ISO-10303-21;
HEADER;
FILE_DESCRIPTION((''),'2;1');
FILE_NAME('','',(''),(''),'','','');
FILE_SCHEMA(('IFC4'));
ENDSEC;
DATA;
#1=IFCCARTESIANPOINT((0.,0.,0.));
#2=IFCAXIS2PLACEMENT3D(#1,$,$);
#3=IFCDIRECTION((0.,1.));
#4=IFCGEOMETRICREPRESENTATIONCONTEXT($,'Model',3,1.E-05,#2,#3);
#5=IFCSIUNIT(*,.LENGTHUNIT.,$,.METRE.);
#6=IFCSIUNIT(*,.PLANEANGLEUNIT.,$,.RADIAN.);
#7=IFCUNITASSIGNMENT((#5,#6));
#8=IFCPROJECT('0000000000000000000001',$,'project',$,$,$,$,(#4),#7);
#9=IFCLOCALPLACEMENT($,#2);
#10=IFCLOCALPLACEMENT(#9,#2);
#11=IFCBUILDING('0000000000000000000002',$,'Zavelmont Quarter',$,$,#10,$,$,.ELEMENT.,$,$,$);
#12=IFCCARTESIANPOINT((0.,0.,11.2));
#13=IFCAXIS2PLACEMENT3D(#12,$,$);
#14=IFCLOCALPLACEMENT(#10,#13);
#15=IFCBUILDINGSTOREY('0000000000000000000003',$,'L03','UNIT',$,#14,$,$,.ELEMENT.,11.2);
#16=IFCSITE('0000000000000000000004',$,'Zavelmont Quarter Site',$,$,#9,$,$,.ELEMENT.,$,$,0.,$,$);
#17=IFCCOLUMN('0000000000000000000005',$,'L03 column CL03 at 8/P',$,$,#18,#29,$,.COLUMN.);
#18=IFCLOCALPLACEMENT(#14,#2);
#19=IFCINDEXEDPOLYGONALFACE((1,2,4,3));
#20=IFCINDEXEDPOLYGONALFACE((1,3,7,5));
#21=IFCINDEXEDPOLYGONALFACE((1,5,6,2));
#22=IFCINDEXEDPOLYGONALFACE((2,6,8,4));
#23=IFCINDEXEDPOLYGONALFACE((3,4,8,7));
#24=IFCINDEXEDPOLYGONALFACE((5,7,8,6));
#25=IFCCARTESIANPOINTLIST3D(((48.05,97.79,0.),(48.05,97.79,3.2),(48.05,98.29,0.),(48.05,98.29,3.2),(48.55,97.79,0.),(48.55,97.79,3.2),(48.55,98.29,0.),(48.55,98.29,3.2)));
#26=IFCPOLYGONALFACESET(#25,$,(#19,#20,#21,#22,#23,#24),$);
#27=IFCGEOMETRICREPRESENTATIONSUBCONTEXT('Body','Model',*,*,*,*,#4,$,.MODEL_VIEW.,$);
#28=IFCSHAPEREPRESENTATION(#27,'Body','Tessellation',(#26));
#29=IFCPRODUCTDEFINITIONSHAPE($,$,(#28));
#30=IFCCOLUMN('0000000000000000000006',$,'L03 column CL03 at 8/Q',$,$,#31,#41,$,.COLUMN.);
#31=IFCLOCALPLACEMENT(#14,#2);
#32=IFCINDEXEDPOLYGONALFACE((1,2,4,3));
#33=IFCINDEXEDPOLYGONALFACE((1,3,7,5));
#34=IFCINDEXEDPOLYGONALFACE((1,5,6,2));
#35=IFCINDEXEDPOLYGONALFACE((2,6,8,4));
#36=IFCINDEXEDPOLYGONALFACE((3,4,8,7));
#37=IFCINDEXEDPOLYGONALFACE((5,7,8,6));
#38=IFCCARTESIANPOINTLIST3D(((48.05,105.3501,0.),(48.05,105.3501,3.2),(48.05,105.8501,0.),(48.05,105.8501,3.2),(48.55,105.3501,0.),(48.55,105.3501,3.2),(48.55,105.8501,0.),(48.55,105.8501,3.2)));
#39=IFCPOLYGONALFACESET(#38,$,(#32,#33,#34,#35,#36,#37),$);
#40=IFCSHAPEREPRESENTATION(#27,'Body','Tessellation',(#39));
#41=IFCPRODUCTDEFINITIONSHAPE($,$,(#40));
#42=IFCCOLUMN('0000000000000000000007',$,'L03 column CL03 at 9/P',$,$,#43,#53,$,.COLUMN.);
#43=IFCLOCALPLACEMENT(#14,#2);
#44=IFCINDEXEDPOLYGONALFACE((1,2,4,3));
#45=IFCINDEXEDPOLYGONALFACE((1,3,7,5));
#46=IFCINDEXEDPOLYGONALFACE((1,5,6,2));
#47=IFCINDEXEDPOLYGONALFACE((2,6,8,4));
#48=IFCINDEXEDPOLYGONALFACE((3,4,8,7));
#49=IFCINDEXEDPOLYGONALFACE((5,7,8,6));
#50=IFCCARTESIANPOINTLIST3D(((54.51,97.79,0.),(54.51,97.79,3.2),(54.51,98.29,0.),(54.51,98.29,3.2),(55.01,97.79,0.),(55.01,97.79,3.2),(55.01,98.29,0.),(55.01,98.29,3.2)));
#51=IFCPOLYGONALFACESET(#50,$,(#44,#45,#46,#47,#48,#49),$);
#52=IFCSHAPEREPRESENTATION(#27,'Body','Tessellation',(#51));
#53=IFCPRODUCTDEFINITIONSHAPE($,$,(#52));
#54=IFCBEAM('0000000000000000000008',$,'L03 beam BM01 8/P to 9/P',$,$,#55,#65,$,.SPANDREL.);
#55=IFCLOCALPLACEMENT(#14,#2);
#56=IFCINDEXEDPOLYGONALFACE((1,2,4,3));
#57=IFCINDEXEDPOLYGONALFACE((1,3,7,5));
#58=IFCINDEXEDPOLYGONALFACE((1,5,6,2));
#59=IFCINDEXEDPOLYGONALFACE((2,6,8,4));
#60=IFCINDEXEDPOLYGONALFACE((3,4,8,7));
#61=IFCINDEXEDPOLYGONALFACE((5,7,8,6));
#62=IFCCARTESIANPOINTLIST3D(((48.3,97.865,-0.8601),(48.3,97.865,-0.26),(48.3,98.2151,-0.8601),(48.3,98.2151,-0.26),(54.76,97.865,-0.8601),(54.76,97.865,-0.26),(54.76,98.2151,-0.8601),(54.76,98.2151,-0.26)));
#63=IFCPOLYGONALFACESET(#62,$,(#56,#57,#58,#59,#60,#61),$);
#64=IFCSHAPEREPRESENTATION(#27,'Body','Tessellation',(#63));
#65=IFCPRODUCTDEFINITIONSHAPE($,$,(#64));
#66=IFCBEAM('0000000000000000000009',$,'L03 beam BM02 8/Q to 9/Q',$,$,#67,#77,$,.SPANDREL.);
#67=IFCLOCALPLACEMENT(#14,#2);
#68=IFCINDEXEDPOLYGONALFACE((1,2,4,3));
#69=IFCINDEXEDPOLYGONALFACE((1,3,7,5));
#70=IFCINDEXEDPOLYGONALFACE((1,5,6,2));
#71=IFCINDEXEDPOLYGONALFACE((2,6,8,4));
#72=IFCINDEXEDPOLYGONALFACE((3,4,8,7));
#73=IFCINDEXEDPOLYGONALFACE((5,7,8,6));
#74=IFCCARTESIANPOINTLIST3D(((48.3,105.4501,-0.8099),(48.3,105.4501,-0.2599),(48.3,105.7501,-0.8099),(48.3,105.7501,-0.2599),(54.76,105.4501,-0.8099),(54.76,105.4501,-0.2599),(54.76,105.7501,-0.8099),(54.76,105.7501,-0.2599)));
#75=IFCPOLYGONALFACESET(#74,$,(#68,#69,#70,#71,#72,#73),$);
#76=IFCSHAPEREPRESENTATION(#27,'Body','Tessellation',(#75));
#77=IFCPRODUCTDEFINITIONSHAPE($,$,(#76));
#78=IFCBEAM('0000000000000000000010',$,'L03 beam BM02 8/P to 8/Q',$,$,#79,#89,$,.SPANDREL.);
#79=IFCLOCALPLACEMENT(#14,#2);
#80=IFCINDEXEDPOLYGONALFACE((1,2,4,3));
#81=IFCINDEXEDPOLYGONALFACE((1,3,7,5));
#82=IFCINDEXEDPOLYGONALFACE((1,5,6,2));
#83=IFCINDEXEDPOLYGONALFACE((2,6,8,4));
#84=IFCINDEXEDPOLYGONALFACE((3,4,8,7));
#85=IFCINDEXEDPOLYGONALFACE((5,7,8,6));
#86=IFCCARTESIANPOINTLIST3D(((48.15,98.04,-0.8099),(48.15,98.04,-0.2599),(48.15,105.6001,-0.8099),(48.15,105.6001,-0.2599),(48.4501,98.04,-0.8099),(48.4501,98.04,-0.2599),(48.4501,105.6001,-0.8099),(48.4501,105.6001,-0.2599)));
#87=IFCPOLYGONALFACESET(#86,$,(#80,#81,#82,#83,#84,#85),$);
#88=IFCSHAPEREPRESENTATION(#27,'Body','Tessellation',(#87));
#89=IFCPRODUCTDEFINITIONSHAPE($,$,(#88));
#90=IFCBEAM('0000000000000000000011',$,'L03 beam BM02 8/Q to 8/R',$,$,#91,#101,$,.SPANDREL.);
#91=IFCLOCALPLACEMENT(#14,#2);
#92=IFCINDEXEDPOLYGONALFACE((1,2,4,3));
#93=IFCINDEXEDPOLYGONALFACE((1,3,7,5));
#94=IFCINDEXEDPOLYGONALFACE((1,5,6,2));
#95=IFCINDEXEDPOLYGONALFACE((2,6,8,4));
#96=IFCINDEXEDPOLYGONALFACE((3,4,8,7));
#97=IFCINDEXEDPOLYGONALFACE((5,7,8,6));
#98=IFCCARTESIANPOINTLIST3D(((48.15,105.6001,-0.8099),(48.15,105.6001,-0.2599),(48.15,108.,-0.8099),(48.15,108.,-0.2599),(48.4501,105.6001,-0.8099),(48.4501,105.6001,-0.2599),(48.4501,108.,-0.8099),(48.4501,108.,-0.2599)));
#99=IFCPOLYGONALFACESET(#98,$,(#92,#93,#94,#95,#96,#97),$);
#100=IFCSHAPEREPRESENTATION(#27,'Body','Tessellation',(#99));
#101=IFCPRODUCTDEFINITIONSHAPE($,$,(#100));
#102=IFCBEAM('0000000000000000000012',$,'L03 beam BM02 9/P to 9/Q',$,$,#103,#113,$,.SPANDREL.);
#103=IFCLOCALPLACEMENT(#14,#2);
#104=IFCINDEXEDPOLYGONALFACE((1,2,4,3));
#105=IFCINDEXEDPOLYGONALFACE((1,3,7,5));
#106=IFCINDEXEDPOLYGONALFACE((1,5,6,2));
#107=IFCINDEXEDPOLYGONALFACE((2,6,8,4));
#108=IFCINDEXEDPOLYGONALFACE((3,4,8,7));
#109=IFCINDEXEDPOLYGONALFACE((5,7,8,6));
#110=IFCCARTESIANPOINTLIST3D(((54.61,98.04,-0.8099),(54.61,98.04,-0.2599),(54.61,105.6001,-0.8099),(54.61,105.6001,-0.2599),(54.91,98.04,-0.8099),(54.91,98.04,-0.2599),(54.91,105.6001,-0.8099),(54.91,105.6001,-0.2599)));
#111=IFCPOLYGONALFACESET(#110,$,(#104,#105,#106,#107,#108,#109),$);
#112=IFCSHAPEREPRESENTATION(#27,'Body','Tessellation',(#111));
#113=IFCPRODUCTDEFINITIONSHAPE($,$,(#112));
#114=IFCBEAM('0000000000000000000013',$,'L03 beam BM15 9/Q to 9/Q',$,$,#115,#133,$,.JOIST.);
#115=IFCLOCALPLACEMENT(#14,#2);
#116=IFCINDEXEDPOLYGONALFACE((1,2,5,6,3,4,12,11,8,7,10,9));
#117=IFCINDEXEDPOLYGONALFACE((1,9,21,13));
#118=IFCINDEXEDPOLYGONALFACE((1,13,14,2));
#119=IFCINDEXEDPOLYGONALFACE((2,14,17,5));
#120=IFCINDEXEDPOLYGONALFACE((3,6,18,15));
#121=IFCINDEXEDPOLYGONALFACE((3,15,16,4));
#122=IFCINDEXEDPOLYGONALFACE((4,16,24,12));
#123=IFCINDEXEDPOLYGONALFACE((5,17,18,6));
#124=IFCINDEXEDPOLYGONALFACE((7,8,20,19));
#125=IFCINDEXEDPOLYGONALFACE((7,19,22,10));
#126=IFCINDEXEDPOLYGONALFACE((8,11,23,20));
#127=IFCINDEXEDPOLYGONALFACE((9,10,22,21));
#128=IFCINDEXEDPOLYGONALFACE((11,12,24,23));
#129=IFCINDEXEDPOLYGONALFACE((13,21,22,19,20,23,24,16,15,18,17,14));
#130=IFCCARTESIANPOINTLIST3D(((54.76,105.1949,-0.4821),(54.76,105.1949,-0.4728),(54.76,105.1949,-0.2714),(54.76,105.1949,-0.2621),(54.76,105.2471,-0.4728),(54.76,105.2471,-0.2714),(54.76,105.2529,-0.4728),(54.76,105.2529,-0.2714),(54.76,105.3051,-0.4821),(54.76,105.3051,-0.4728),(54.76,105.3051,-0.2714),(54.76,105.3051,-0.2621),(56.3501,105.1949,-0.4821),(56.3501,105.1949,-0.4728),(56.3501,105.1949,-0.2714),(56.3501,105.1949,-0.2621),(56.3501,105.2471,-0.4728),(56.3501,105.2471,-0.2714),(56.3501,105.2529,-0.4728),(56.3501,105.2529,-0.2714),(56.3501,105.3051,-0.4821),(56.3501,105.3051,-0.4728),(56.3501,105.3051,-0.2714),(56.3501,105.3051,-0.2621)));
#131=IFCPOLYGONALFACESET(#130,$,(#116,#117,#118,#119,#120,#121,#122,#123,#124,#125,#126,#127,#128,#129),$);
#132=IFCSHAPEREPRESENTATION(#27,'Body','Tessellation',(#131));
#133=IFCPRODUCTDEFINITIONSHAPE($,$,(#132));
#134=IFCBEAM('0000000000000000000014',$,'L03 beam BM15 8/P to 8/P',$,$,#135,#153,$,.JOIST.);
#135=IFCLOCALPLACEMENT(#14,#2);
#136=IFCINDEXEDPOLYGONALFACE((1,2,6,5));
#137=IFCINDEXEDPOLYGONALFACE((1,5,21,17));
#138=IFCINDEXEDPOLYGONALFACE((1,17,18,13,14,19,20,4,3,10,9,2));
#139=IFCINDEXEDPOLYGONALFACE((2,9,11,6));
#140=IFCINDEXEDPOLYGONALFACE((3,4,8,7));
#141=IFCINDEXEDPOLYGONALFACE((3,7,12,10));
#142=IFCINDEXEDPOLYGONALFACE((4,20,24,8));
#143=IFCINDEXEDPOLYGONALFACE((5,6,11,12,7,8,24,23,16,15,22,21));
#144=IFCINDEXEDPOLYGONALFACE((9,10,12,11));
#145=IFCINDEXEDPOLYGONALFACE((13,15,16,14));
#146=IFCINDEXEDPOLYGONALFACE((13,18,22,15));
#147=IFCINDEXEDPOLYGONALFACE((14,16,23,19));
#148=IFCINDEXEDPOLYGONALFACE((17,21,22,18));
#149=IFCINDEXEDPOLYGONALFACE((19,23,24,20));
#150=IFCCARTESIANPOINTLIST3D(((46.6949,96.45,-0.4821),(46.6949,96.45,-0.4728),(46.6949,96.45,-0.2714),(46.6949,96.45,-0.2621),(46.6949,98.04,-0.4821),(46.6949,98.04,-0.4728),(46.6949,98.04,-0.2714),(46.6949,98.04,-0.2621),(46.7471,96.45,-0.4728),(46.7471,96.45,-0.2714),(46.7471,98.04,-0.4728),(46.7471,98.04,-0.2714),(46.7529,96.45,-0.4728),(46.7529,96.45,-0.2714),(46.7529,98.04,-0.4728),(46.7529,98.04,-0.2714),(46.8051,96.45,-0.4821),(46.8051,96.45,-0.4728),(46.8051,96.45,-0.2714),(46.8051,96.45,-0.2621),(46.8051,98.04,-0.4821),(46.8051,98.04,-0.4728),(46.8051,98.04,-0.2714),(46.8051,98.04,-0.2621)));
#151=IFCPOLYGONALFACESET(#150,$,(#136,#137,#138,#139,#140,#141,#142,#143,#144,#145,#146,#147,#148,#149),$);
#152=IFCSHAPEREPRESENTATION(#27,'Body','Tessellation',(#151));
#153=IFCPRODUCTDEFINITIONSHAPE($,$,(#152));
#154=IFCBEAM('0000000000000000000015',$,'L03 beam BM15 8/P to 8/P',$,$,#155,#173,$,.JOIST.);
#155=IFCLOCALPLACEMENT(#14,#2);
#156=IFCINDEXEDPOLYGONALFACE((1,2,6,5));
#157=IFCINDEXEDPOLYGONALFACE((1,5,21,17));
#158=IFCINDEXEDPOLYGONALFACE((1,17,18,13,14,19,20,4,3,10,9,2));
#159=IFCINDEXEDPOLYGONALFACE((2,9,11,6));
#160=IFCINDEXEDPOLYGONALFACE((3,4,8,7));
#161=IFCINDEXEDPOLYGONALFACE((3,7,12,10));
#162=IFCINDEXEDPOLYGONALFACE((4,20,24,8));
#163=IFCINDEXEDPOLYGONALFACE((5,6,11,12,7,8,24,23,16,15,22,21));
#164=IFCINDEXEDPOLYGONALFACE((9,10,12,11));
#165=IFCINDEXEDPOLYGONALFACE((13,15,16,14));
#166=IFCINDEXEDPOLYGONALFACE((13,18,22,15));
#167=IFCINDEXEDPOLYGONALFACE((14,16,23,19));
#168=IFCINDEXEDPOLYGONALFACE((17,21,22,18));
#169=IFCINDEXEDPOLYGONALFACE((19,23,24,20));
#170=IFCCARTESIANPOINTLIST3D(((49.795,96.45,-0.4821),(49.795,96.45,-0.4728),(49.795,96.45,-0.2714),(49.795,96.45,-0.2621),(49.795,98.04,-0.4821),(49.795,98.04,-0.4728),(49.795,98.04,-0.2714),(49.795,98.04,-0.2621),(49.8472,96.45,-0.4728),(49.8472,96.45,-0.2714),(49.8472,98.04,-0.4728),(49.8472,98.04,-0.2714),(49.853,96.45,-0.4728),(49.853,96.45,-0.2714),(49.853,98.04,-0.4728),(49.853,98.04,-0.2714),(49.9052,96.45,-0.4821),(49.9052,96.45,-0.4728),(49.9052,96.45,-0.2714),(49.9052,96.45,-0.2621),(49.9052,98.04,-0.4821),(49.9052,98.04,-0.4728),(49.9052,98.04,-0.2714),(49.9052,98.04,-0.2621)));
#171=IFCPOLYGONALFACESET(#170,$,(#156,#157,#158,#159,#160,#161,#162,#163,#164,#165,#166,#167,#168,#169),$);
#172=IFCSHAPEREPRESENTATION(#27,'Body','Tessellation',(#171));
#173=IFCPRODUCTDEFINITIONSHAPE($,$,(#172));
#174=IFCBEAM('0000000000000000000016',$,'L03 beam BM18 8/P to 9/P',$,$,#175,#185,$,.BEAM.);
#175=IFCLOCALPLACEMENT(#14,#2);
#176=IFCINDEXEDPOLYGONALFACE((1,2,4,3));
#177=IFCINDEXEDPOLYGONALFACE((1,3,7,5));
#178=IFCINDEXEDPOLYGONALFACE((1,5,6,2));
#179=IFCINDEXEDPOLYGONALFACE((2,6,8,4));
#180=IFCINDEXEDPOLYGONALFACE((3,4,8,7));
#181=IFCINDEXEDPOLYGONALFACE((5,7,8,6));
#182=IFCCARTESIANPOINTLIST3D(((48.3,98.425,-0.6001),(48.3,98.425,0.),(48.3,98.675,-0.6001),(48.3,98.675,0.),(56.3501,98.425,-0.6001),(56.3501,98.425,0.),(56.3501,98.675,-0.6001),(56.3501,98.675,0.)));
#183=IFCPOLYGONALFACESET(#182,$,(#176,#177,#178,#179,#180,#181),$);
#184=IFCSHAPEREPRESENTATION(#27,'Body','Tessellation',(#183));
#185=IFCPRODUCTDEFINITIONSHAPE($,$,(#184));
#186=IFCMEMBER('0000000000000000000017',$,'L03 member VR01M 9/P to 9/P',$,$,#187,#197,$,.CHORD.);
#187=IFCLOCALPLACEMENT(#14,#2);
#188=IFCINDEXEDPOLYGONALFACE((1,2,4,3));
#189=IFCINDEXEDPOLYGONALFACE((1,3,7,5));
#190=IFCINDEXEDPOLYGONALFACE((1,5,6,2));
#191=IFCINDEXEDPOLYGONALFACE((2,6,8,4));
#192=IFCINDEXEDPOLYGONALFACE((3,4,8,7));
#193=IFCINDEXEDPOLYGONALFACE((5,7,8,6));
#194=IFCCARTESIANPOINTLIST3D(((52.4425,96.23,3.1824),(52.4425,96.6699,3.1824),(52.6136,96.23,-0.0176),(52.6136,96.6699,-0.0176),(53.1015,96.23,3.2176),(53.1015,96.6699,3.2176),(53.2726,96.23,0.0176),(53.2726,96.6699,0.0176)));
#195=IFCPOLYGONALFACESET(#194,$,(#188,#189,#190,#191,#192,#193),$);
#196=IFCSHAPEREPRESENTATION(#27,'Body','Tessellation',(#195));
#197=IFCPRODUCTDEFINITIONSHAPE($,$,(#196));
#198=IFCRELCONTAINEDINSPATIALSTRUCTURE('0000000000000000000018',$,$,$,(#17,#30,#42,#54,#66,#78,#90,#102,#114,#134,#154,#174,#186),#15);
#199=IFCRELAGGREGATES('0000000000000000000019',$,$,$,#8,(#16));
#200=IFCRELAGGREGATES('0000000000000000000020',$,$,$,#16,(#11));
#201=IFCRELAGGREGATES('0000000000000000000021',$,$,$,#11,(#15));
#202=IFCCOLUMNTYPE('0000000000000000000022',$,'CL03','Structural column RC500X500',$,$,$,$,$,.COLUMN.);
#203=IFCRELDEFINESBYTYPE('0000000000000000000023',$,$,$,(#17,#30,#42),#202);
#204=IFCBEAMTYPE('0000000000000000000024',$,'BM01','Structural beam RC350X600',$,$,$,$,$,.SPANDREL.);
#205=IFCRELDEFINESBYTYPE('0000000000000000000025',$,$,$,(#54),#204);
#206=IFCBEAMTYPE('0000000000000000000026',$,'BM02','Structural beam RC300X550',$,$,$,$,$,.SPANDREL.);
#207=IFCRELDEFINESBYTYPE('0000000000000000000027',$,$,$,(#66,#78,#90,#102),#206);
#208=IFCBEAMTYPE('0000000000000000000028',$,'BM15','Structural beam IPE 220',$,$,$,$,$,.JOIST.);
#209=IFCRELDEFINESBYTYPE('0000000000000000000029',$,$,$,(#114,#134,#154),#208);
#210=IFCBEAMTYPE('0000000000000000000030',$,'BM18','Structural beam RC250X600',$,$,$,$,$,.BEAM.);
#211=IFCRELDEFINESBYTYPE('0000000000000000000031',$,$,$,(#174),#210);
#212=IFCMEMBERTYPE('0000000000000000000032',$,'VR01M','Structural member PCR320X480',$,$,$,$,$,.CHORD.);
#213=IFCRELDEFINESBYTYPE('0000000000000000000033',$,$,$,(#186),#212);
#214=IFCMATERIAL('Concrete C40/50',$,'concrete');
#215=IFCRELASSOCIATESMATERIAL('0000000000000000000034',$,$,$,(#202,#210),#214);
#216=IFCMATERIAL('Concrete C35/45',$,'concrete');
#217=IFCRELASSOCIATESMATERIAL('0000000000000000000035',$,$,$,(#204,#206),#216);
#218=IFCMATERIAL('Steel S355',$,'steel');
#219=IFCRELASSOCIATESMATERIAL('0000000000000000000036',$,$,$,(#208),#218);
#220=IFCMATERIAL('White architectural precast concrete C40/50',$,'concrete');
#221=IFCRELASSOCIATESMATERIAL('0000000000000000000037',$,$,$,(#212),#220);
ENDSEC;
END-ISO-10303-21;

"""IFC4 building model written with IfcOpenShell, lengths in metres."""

from ifc_helpers import new_model, si_unit, direction, frame, origin, origin_2d, place, context, subcontext, project, spatial, rectangle, i_section, extrude, material, material_profile, profile_set, type_object, element, save


model = new_model("IFC4")

# Units and contexts
model_context = context("Model", 3, precision=1e-05, world=origin(), true_north=direction((0.0, 1.0)))
body_context = subcontext(model_context, "Body", "Model", "MODEL_VIEW")
ifc_project = project(units=[si_unit("LENGTHUNIT", "METRE"), si_unit("PLANEANGLEUNIT", "RADIAN")], contexts=[model_context])

# Site, building, storey
site_placement = place(None, origin())
site = spatial("IfcSite", under=ifc_project, at=site_placement, Name="Zavelmont Quarter Site", CompositionType="ELEMENT", RefElevation=0.0)
building_placement = place(site_placement, origin())
building = spatial("IfcBuilding", under=site, at=building_placement, Name="Zavelmont Quarter", CompositionType="ELEMENT")
storey_placement = place(building_placement, frame((0.0, 0.0, 11.2)))
storey = spatial("IfcBuildingStorey", under=building, at=storey_placement, Name="L03", Description="UNIT", CompositionType="ELEMENT", Elevation=11.2)

# Columns
ifc_material_1 = material(Name="Concrete C40/50", Category="concrete")
ifc_material_profile_1 = material_profile(ifc_material_1, rectangle(XDim=0.5, YDim=0.5, at=origin_2d()), Name="RC500X500")
ifc_profile_set_1 = profile_set([ifc_material_profile_1], Name="Concrete C40/50")
column_type = type_object("IfcColumnType", Name="CL03", Description="Structural column RC500X500", PredefinedType="COLUMN", material=ifc_profile_set_1)
for number, where, z_axis, x_axis, name in (
    (1, (48.3, 98.04, 0.0), (0.0, 0.0, 1.0), (1.0, 0.0, 0.0), "L03 column CL03 at 8/P"),
    (2, (48.3, 105.6001, 0.0), (0.0, 0.0, 1.0), (1.0, 0.0, 0.0), "L03 column CL03 at 8/Q"),
    (3, (54.76, 98.04, 0.0), (0.0, 0.0, 1.0), (1.0, 0.0, 0.0), "L03 column CL03 at 9/P"),
):
    element("IfcColumn", number, at=place(storey_placement, frame(where, z_axis=z_axis, x_axis=x_axis)), inside=storey, type_object=column_type, Name=name, PredefinedType="COLUMN", context=body_context, shape_type="SweptSolid", body=[
        extrude(rectangle(XDim=0.5, YDim=0.5, at=origin_2d()), origin(), (0.0, 0.0, 1.0), 3.2),
    ])

# Beams
ifc_material_2 = material(Name="Concrete C35/45", Category="concrete")
ifc_material_profile_2 = material_profile(ifc_material_2, rectangle(XDim=0.3501, YDim=0.6001, at=origin_2d()), Name="RC350X600")
ifc_profile_set_2 = profile_set([ifc_material_profile_2], Name="Concrete C35/45")
beam_type_1 = type_object("IfcBeamType", Name="BM01", Description="Structural beam RC350X600", PredefinedType="SPANDREL", material=ifc_profile_set_2)
beam_1_placement = place(storey_placement, frame((48.3, 98.04, -0.5601), z_axis=(1.0, 0.0, 0.0), x_axis=(0.0, 1.0, 0.0)))
element("IfcBeam", 4, at=beam_1_placement, inside=storey, type_object=beam_type_1, Name="L03 beam BM01 8/P to 9/P", PredefinedType="SPANDREL", context=body_context, shape_type="SweptSolid", body=[
    extrude(rectangle(XDim=0.3501, YDim=0.6001, at=origin_2d()), origin(), (0.0, 0.0, 1.0), 6.46),
])
ifc_material_profile_3 = material_profile(ifc_material_2, rectangle(XDim=0.3, YDim=0.55, at=origin_2d()), Name="RC300X550")
ifc_profile_set_3 = profile_set([ifc_material_profile_3], Name="Concrete C35/45")
beam_type_2 = type_object("IfcBeamType", Name="BM02", Description="Structural beam RC300X550", PredefinedType="SPANDREL", material=ifc_profile_set_3)
beam_2_placement = place(storey_placement, frame((48.3, 105.6001, -0.5349), z_axis=(1.0, 0.0, 0.0), x_axis=(0.0, 1.0, 0.0)))
element("IfcBeam", 5, at=beam_2_placement, inside=storey, type_object=beam_type_2, Name="L03 beam BM02 8/Q to 9/Q", PredefinedType="SPANDREL", context=body_context, shape_type="SweptSolid", body=[
    extrude(rectangle(XDim=0.3, YDim=0.55, at=origin_2d()), origin(), (0.0, 0.0, 1.0), 6.46),
])
beam_3_placement = place(storey_placement, frame((48.3, 98.04, -0.5349), z_axis=(0.0, 1.0, 0.0), x_axis=(-1.0, 0.0, 0.0)))
element("IfcBeam", 6, at=beam_3_placement, inside=storey, type_object=beam_type_2, Name="L03 beam BM02 8/P to 8/Q", PredefinedType="SPANDREL", context=body_context, shape_type="SweptSolid", body=[
    extrude(rectangle(XDim=0.3, YDim=0.55, at=origin_2d()), origin(), (0.0, 0.0, 1.0), 7.5601),
])
beam_4_placement = place(storey_placement, frame((48.3, 105.6001, -0.5349), z_axis=(0.0, 1.0, 0.0), x_axis=(-1.0, 0.0, 0.0)))
element("IfcBeam", 7, at=beam_4_placement, inside=storey, type_object=beam_type_2, Name="L03 beam BM02 8/Q to 8/R", PredefinedType="SPANDREL", context=body_context, shape_type="SweptSolid", body=[
    extrude(rectangle(XDim=0.3, YDim=0.55, at=origin_2d()), origin(), (0.0, 0.0, 1.0), 2.3999),
])
beam_5_placement = place(storey_placement, frame((54.76, 98.04, -0.5349), z_axis=(0.0, 1.0, 0.0), x_axis=(-1.0, 0.0, 0.0)))
element("IfcBeam", 8, at=beam_5_placement, inside=storey, type_object=beam_type_2, Name="L03 beam BM02 9/P to 9/Q", PredefinedType="SPANDREL", context=body_context, shape_type="SweptSolid", body=[
    extrude(rectangle(XDim=0.3, YDim=0.55, at=origin_2d()), origin(), (0.0, 0.0, 1.0), 7.5601),
])
ifc_material_3 = material(Name="Steel S355", Category="steel")
ifc_material_profile_4 = material_profile(ifc_material_3, i_section(OverallWidth=0.1101, OverallDepth=0.22, WebThickness=0.0059, FlangeThickness=0.0093, at=origin_2d()), Name="IPE 220")
ifc_profile_set_4 = profile_set([ifc_material_profile_4], Name="Steel S355")
beam_type_3 = type_object("IfcBeamType", Name="BM15", Description="Structural beam IPE 220", PredefinedType="JOIST", material=ifc_profile_set_4)
for number, where, z_axis, x_axis, name in (
    (9, (54.76, 105.25, -0.3721), (1.0, 0.0, 0.0), (0.0, 1.0, 0.0), "L03 beam BM15 9/Q to 9/Q"),
    (10, (46.75, 98.04, -0.3721), (0.0, -1.0, 0.0), (1.0, 0.0, 0.0), "L03 beam BM15 8/P to 8/P"),
    (11, (49.8501, 98.04, -0.3721), (0.0, -1.0, 0.0), (1.0, 0.0, 0.0), "L03 beam BM15 8/P to 8/P"),
):
    element("IfcBeam", number, at=place(storey_placement, frame(where, z_axis=z_axis, x_axis=x_axis)), inside=storey, type_object=beam_type_3, Name=name, PredefinedType="JOIST", context=body_context, shape_type="SweptSolid", body=[
        extrude(i_section(OverallWidth=0.1101, OverallDepth=0.22, WebThickness=0.0059, FlangeThickness=0.0093, at=origin_2d()), origin(), (0.0, 0.0, 1.0), 1.5901),
    ])
ifc_material_profile_5 = material_profile(ifc_material_1, rectangle(XDim=0.25, YDim=0.6001, at=origin_2d()), Name="RC250X600")
ifc_profile_set_5 = profile_set([ifc_material_profile_5], Name="Concrete C40/50")
beam_type_4 = type_object("IfcBeamType", Name="BM18", Description="Structural beam RC250X600", PredefinedType="BEAM", material=ifc_profile_set_5)
beam_6_placement = place(storey_placement, frame((48.3, 98.55, -0.3), z_axis=(1.0, 0.0, 0.0), x_axis=(0.0, 1.0, 0.0)))
element("IfcBeam", 12, at=beam_6_placement, inside=storey, type_object=beam_type_4, Name="L03 beam BM18 8/P to 9/P", PredefinedType="BEAM", context=body_context, shape_type="SweptSolid", body=[
    extrude(rectangle(XDim=0.25, YDim=0.6001, at=origin_2d()), origin(), (0.0, 0.0, 1.0), 8.05),
])

# Member
ifc_material_4 = material(Name="White architectural precast concrete C40/50", Category="concrete")
ifc_material_profile_6 = material_profile(ifc_material_4, rectangle(XDim=0.4399, YDim=0.6599, at=origin_2d()), Name="PCR320X480")
ifc_profile_set_6 = profile_set([ifc_material_profile_6], Name="White architectural precast concrete C40/50")
member_type = type_object("IfcMemberType", Name="VR01M", Description="Structural member PCR320X480", PredefinedType="CHORD", material=ifc_profile_set_6)
member_placement = place(storey_placement, frame((52.9431, 96.45, 0.0), z_axis=(-0.053407, 0.0, 0.998573), x_axis=(0.0, -1.0, 0.0)))
element("IfcMember", 13, at=member_placement, inside=storey, type_object=member_type, Name="L03 member VR01M 9/P to 9/P", PredefinedType="CHORD", context=body_context, shape_type="SweptSolid", body=[
    extrude(rectangle(XDim=0.4399, YDim=0.6599, at=origin_2d()), origin(), (0.0, 0.0, 1.0), 3.2046),
])

save(model, "model.ifc")
